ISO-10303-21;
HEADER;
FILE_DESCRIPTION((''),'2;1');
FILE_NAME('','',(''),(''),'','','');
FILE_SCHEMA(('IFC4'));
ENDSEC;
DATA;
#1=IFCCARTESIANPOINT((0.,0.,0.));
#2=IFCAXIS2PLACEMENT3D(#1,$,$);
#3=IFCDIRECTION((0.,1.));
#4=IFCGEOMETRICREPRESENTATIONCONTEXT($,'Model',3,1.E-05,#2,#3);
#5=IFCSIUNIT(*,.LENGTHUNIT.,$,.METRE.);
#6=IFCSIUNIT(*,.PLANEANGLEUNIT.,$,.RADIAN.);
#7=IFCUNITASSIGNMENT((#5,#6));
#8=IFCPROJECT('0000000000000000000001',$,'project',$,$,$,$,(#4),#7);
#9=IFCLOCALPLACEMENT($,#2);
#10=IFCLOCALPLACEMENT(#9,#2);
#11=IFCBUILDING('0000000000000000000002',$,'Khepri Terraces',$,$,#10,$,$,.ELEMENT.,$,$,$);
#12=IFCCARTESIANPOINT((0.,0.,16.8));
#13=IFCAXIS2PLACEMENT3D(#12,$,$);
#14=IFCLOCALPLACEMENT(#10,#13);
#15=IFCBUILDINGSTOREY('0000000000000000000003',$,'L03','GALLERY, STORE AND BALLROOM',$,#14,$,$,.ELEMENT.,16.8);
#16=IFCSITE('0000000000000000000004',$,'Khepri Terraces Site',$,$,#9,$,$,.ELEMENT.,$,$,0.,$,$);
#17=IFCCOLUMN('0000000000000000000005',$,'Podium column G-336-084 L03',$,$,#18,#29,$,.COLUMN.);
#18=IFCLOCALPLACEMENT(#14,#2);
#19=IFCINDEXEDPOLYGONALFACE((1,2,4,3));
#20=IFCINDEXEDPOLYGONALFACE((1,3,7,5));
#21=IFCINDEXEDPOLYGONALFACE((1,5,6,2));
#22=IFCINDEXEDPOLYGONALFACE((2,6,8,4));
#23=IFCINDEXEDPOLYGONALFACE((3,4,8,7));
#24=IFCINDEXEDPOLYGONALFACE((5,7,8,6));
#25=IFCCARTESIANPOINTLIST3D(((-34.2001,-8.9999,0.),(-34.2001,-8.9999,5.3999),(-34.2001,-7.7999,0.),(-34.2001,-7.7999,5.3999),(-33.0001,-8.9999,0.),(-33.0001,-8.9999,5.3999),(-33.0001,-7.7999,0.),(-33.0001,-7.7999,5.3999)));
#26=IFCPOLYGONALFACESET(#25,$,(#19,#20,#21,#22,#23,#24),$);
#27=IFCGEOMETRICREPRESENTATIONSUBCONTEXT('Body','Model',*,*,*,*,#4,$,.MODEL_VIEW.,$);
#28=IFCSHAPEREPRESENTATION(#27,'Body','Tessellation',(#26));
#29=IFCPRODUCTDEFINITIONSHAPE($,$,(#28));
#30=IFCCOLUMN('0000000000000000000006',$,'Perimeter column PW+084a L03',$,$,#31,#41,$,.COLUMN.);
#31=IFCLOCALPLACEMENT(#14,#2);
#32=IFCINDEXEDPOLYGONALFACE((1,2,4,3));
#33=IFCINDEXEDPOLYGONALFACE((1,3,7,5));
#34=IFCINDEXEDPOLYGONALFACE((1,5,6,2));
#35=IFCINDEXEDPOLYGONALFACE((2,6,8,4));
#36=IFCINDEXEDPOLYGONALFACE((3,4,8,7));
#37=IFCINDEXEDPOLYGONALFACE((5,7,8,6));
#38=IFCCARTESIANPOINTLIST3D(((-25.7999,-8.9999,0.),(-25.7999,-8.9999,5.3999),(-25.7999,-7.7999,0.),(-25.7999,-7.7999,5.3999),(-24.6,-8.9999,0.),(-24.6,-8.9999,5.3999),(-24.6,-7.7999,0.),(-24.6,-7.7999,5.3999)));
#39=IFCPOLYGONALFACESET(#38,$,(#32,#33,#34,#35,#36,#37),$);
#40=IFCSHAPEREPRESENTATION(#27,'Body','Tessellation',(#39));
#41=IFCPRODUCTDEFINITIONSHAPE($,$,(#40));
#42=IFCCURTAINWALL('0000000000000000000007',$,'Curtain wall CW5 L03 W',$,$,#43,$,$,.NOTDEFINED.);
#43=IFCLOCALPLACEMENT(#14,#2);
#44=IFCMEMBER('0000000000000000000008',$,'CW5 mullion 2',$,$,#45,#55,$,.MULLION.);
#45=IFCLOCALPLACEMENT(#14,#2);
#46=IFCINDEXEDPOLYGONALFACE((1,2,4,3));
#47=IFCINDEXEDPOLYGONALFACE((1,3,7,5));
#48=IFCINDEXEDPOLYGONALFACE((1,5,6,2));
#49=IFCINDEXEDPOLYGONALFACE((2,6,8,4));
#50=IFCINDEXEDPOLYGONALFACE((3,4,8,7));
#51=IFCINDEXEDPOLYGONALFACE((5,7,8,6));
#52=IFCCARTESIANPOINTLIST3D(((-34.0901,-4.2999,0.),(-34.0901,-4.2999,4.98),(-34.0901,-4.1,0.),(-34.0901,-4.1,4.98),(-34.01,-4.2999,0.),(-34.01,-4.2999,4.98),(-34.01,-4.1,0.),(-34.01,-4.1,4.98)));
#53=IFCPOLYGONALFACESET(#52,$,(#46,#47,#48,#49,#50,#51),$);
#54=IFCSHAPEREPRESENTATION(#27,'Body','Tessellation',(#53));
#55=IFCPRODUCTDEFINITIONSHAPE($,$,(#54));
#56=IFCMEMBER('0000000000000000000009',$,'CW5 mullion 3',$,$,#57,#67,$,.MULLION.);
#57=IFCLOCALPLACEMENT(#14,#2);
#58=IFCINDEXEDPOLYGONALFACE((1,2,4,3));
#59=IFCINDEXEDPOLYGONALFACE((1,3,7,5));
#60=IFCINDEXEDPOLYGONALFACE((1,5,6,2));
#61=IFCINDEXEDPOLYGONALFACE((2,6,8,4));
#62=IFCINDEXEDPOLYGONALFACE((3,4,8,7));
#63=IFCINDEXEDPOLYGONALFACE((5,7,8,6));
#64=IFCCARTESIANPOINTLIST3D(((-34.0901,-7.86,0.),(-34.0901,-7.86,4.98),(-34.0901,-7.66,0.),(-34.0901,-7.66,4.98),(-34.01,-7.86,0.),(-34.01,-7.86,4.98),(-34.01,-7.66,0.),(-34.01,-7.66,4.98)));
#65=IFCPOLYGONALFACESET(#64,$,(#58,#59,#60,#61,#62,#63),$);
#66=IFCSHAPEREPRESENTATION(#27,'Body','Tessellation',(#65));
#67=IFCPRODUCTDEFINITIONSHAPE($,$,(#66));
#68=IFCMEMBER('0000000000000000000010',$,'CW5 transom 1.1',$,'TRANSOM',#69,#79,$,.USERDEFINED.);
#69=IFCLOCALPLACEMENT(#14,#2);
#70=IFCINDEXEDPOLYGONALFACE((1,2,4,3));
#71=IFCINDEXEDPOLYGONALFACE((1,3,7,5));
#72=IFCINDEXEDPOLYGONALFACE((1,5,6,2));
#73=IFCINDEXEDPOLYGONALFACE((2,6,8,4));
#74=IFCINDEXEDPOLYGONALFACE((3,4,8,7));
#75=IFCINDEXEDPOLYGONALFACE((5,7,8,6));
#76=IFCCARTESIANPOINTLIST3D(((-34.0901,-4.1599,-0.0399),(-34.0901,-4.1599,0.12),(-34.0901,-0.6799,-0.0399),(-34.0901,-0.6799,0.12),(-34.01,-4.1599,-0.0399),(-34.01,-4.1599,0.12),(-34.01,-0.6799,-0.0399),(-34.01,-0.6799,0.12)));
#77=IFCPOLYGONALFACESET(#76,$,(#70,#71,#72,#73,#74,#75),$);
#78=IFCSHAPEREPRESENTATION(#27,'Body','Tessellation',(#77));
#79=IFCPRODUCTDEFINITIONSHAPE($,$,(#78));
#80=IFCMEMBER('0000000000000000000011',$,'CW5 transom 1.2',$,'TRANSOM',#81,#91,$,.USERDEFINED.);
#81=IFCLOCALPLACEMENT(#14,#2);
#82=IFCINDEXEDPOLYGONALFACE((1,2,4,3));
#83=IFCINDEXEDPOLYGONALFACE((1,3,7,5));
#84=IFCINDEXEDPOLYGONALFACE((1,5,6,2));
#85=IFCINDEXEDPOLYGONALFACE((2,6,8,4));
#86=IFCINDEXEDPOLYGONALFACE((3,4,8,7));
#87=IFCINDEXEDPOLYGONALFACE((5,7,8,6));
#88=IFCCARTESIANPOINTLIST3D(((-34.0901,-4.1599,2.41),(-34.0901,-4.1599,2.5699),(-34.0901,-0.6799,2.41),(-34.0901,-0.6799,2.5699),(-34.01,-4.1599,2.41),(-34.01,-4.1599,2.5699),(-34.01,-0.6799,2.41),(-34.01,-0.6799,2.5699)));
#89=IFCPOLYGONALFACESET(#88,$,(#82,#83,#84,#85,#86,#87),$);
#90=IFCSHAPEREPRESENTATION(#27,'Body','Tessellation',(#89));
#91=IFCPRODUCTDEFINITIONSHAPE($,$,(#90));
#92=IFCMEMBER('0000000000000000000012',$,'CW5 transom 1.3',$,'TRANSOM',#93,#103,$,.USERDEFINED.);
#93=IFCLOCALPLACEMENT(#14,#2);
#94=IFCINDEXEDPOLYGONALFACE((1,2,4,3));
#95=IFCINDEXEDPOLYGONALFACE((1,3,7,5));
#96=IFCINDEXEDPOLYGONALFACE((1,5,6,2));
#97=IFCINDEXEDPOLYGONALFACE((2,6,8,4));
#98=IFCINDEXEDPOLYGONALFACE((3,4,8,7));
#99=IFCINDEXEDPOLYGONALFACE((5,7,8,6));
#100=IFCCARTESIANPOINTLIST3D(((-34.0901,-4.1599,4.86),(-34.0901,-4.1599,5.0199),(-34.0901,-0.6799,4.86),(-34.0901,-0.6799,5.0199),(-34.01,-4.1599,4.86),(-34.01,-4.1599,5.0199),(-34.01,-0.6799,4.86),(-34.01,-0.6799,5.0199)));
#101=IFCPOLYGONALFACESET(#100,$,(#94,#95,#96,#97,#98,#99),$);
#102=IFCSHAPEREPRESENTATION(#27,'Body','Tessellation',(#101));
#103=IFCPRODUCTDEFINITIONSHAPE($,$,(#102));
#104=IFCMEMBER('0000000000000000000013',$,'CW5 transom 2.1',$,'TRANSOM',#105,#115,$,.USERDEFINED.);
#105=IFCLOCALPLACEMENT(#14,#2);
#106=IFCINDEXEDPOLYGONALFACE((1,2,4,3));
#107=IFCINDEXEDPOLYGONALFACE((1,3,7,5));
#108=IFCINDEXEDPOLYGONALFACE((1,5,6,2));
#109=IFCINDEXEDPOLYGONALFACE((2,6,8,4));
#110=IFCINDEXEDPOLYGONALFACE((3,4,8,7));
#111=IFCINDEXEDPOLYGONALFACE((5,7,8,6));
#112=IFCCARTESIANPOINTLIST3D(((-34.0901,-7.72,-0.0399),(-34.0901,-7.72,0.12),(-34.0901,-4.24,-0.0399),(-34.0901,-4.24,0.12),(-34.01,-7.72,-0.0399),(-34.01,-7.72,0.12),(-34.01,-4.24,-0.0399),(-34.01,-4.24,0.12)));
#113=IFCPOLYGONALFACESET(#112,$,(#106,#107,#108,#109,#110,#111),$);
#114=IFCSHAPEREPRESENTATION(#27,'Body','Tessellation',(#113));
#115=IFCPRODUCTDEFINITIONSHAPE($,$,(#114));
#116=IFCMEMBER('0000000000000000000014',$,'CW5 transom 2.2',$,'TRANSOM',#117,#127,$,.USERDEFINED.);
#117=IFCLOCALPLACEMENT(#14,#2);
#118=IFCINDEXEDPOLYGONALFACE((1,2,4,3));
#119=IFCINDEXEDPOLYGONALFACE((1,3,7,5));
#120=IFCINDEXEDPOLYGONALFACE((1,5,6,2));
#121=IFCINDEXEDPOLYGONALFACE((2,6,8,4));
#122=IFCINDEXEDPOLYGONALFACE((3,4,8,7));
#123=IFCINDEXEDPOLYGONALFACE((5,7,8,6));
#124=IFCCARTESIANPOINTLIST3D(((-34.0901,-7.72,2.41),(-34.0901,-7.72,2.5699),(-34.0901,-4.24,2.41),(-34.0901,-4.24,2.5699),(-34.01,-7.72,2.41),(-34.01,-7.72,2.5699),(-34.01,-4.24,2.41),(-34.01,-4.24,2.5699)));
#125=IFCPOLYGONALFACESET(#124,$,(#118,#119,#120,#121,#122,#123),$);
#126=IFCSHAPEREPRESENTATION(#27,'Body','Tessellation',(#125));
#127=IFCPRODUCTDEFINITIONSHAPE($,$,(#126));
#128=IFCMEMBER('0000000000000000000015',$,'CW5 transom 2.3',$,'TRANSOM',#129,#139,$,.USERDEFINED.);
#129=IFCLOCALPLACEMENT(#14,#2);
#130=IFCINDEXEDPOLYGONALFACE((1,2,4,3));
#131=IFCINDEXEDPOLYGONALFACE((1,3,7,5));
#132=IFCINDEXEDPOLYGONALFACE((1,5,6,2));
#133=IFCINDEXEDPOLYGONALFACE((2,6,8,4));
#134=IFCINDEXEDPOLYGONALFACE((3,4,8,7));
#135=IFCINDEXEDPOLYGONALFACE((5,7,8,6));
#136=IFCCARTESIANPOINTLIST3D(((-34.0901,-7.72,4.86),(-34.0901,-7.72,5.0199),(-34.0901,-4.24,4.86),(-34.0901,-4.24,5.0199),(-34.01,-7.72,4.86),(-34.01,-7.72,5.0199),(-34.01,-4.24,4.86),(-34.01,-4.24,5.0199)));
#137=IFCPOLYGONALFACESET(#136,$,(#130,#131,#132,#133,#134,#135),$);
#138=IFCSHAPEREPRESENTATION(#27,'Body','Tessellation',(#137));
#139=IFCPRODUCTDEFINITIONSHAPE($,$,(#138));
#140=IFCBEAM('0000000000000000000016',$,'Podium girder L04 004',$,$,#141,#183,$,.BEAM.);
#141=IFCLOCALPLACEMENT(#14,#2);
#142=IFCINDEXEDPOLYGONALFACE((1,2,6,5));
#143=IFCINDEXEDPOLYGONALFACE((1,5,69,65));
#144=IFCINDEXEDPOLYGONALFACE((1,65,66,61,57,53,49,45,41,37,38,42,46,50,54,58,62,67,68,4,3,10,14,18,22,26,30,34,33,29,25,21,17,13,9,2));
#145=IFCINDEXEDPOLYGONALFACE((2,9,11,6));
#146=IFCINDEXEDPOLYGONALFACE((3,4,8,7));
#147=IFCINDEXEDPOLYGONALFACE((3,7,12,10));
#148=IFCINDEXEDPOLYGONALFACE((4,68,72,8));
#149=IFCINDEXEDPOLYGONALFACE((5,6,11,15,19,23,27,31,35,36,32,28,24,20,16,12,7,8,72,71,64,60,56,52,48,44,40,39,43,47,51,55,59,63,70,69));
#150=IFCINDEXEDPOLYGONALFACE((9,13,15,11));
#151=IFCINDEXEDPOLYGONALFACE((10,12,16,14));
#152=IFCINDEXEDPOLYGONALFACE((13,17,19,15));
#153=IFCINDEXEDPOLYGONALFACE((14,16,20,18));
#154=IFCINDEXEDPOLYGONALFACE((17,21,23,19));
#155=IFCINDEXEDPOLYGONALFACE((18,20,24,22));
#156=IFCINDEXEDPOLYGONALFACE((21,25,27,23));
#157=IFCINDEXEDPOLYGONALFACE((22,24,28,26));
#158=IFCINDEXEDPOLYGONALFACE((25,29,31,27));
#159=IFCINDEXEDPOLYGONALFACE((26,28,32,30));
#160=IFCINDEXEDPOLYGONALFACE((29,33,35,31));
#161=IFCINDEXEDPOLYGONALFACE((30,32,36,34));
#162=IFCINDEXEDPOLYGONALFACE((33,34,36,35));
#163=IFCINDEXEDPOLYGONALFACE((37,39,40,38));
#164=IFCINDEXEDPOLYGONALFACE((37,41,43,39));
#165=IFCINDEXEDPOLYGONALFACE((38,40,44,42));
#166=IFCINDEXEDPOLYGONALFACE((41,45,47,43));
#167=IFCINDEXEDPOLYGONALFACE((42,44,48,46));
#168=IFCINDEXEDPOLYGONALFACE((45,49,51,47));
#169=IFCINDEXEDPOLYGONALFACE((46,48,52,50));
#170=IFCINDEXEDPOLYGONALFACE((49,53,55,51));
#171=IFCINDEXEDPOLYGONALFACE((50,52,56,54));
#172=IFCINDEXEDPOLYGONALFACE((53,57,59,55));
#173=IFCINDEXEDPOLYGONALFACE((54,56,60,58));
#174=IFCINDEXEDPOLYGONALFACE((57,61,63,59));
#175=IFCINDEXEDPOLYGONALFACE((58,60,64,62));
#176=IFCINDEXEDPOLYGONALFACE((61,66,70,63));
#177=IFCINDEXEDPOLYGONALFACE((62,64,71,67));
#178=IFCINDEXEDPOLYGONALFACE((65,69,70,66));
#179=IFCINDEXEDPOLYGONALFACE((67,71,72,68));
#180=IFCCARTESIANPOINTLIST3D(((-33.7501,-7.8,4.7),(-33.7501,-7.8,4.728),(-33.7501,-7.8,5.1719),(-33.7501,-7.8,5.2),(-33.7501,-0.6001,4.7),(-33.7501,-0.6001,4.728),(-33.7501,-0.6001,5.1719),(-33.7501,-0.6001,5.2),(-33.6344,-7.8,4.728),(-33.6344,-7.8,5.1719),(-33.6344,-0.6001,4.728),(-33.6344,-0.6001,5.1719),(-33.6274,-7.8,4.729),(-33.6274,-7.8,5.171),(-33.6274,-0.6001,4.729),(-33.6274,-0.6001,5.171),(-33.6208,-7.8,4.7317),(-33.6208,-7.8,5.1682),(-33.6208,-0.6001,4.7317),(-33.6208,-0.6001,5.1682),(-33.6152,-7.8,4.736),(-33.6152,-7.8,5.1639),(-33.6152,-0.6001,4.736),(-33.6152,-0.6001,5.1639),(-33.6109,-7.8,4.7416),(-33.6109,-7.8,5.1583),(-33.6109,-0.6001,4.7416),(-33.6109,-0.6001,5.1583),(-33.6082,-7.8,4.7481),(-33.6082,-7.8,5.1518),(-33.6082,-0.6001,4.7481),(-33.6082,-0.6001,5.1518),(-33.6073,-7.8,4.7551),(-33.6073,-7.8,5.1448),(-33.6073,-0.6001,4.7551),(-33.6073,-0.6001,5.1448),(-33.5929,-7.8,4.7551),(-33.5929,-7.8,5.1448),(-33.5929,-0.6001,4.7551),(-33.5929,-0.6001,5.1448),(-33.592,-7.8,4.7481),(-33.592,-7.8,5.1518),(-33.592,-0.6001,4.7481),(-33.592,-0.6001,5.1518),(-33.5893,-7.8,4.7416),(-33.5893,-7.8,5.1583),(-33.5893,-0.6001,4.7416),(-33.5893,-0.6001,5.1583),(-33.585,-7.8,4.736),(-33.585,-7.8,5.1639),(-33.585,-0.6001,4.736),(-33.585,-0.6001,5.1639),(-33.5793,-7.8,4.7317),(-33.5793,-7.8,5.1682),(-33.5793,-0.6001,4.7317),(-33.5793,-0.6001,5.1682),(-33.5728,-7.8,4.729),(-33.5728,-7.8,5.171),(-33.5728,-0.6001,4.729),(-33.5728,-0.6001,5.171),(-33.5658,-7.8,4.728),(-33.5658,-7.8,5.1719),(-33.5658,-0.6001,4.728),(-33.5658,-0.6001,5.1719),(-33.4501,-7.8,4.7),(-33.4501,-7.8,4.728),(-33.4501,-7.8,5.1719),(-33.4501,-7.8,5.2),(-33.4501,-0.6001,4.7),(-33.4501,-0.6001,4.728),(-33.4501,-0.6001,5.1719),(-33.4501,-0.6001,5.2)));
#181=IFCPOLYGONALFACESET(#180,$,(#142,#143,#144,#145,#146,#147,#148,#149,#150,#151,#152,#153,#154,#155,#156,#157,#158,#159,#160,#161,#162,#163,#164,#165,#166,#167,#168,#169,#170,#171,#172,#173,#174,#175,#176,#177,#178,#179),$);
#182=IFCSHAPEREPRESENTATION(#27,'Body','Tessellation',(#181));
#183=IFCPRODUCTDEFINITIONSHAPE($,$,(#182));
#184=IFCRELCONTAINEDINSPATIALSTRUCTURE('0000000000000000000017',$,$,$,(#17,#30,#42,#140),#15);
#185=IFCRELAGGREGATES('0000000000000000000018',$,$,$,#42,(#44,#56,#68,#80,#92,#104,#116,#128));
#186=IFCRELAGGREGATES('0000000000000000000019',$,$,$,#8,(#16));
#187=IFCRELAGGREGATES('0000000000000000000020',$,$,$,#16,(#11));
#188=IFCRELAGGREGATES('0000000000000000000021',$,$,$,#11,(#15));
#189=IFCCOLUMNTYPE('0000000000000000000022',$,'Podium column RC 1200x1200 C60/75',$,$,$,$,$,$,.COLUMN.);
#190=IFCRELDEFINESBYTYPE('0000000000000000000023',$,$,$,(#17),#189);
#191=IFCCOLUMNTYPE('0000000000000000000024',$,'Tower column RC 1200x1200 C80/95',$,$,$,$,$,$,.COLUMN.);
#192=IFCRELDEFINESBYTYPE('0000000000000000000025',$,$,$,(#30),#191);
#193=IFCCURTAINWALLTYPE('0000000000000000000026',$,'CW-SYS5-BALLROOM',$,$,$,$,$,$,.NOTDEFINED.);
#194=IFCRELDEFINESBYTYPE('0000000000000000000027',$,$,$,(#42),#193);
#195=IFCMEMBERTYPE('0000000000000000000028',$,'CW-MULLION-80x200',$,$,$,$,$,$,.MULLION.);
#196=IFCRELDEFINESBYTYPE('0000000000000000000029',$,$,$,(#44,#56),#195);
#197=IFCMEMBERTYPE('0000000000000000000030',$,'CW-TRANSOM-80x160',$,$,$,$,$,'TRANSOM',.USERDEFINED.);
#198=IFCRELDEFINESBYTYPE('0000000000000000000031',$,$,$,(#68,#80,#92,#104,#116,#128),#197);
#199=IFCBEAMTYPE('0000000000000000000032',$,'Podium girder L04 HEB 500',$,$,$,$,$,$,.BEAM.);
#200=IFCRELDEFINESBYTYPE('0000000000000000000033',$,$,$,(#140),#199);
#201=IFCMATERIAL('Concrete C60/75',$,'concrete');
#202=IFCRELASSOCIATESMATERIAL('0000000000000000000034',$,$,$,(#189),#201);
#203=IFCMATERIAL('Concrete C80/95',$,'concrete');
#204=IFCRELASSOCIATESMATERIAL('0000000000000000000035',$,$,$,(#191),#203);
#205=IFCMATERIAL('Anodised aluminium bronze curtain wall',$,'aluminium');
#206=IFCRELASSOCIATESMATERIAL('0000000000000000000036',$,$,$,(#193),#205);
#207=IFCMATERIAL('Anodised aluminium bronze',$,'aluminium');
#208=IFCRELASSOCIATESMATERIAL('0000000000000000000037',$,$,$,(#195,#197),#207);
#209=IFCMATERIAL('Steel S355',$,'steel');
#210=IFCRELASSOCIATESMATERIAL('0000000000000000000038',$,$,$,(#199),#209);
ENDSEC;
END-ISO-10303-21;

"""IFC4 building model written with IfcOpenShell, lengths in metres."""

from ifc_helpers import new_model, si_unit, direction, frame, origin, origin_2d, place, context, subcontext, project, spatial, rectangle, i_section, extrude, material, material_profile, profile_set, type_object, element, aggregate, save


model = new_model("IFC4")

# Units and contexts
model_context = context("Model", 3, precision=1e-05, world=origin(), true_north=direction((0.0, 1.0)))
body_context = subcontext(model_context, "Body", "Model", "MODEL_VIEW")
ifc_project = project(units=[si_unit("LENGTHUNIT", "METRE"), si_unit("PLANEANGLEUNIT", "RADIAN")], contexts=[model_context])

# Site, building, storey
site_placement = place(None, origin())
site = spatial("IfcSite", under=ifc_project, at=site_placement, Name="Khepri Terraces Site", CompositionType="ELEMENT", RefElevation=0.0)
building_placement = place(site_placement, origin())
building = spatial("IfcBuilding", under=site, at=building_placement, Name="Khepri Terraces", CompositionType="ELEMENT")
storey_placement = place(building_placement, frame((0.0, 0.0, 16.8)))
storey = spatial("IfcBuildingStorey", under=building, at=storey_placement, Name="L03", Description="GALLERY, STORE AND BALLROOM", CompositionType="ELEMENT", Elevation=16.8)

# Columns
ifc_material_1 = material(Name="Concrete C60/75", Category="concrete")
ifc_material_profile_1 = material_profile(ifc_material_1, rectangle(XDim=1.2, YDim=1.2, at=origin_2d()), Name="Concrete C60/75", Category="concrete")
ifc_profile_set_1 = profile_set([ifc_material_profile_1], Name="Concrete C60/75")
column_type_1 = type_object("IfcColumnType", Name="Podium column RC 1200x1200 C60/75", PredefinedType="COLUMN", material=ifc_profile_set_1)
column_1_placement = place(storey_placement, frame((-33.6001, -8.3999, 0.0), z_axis=(0.0, 0.0, 1.0), x_axis=(1.0, 0.0, 0.0)))
element("IfcColumn", 1, at=column_1_placement, inside=storey, type_object=column_type_1, Name="Podium column G-336-084 L03", PredefinedType="COLUMN", context=body_context, shape_type="SweptSolid", body=[
    extrude(rectangle(XDim=1.2, YDim=1.2, at=origin_2d()), origin(), (0.0, 0.0, 1.0), 5.3999),
])
ifc_material_2 = material(Name="Concrete C80/95", Category="concrete")
ifc_material_profile_2 = material_profile(ifc_material_2, rectangle(XDim=1.2, YDim=1.2, at=origin_2d()), Name="Concrete C80/95", Category="concrete")
ifc_profile_set_2 = profile_set([ifc_material_profile_2], Name="Concrete C80/95")
column_type_2 = type_object("IfcColumnType", Name="Tower column RC 1200x1200 C80/95", PredefinedType="COLUMN", material=ifc_profile_set_2)
column_2_placement = place(storey_placement, frame((-25.2, -8.3999, 0.0), z_axis=(0.0, 0.0, 1.0), x_axis=(1.0, 0.0, 0.0)))
element("IfcColumn", 2, at=column_2_placement, inside=storey, type_object=column_type_2, Name="Perimeter column PW+084a L03", PredefinedType="COLUMN", context=body_context, shape_type="SweptSolid", body=[
    extrude(rectangle(XDim=1.2, YDim=1.2, at=origin_2d()), origin(), (0.0, 0.0, 1.0), 5.3999),
])

# Curtain wall, members
ifc_material_3 = material(Name="Anodised aluminium bronze curtain wall", Category="aluminium")
curtain_wall_type = type_object("IfcCurtainWallType", Name="CW-SYS5-BALLROOM", PredefinedType="NOTDEFINED", material=ifc_material_3)
curtain_wall_placement = place(storey_placement, origin())
curtain_wall = element("IfcCurtainWall", 3, at=curtain_wall_placement, inside=storey, type_object=curtain_wall_type, Name="Curtain wall CW5 L03 W", PredefinedType="NOTDEFINED")
ifc_material_4 = material(Name="Anodised aluminium bronze", Category="aluminium")
ifc_material_profile_3 = material_profile(ifc_material_4, rectangle(XDim=0.0801, YDim=0.2, at=origin_2d()), Name="Anodised aluminium bronze", Category="aluminium")
ifc_profile_set_3 = profile_set([ifc_material_profile_3], Name="Anodised aluminium bronze")
member_type_1 = type_object("IfcMemberType", Name="CW-MULLION-80x200", PredefinedType="MULLION", material=ifc_profile_set_3)
member_1_placement = place(storey_placement, frame((-34.05, -4.2, 0.0), z_axis=(0.0, 0.0, 1.0), x_axis=(1.0, 0.0, 0.0)))
member_1 = element("IfcMember", 4, at=member_1_placement, type_object=member_type_1, Name="CW5 mullion 2", PredefinedType="MULLION", context=body_context, shape_type="SweptSolid", body=[
    extrude(rectangle(XDim=0.0801, YDim=0.2, at=origin_2d()), origin(), (0.0, 0.0, 1.0), 4.98),
])
member_2_placement = place(storey_placement, frame((-34.05, -7.76, 0.0), z_axis=(0.0, 0.0, 1.0), x_axis=(1.0, 0.0, 0.0)))
member_2 = element("IfcMember", 5, at=member_2_placement, type_object=member_type_1, Name="CW5 mullion 3", PredefinedType="MULLION", context=body_context, shape_type="SweptSolid", body=[
    extrude(rectangle(XDim=0.0801, YDim=0.2, at=origin_2d()), origin(), (0.0, 0.0, 1.0), 4.98),
])
ifc_material_profile_4 = material_profile(ifc_material_4, rectangle(XDim=0.0801, YDim=0.1599, at=origin_2d()), Name="Anodised aluminium bronze", Category="aluminium")
ifc_profile_set_4 = profile_set([ifc_material_profile_4], Name="Anodised aluminium bronze")
member_type_2 = type_object("IfcMemberType", Name="CW-TRANSOM-80x160", ElementType="TRANSOM", PredefinedType="USERDEFINED", material=ifc_profile_set_4)
member_3_placement = place(storey_placement, frame((-34.05, -0.6799, 0.04), z_axis=(0.0, -1.0, 0.0), x_axis=(1.0, 0.0, 0.0)))
member_3 = element("IfcMember", 6, at=member_3_placement, type_object=member_type_2, Name="CW5 transom 1.1", ObjectType="TRANSOM", PredefinedType="USERDEFINED", context=body_context, shape_type="SweptSolid", body=[
    extrude(rectangle(XDim=0.0801, YDim=0.1599, at=origin_2d()), origin(), (0.0, 0.0, 1.0), 3.48),
])
member_4_placement = place(storey_placement, frame((-34.05, -0.6799, 2.49), z_axis=(0.0, -1.0, 0.0), x_axis=(1.0, 0.0, 0.0)))
member_4 = element("IfcMember", 7, at=member_4_placement, type_object=member_type_2, Name="CW5 transom 1.2", ObjectType="TRANSOM", PredefinedType="USERDEFINED", context=body_context, shape_type="SweptSolid", body=[
    extrude(rectangle(XDim=0.0801, YDim=0.1599, at=origin_2d()), origin(), (0.0, 0.0, 1.0), 3.48),
])
member_5_placement = place(storey_placement, frame((-34.05, -0.6799, 4.9399), z_axis=(0.0, -1.0, 0.0), x_axis=(1.0, 0.0, 0.0)))
member_5 = element("IfcMember", 8, at=member_5_placement, type_object=member_type_2, Name="CW5 transom 1.3", ObjectType="TRANSOM", PredefinedType="USERDEFINED", context=body_context, shape_type="SweptSolid", body=[
    extrude(rectangle(XDim=0.0801, YDim=0.1599, at=origin_2d()), origin(), (0.0, 0.0, 1.0), 3.48),
])
member_6_placement = place(storey_placement, frame((-34.05, -4.24, 0.04), z_axis=(0.0, -1.0, 0.0), x_axis=(1.0, 0.0, 0.0)))
member_6 = element("IfcMember", 9, at=member_6_placement, type_object=member_type_2, Name="CW5 transom 2.1", ObjectType="TRANSOM", PredefinedType="USERDEFINED", context=body_context, shape_type="SweptSolid", body=[
    extrude(rectangle(XDim=0.0801, YDim=0.1599, at=origin_2d()), origin(), (0.0, 0.0, 1.0), 3.48),
])
member_7_placement = place(storey_placement, frame((-34.05, -4.24, 2.49), z_axis=(0.0, -1.0, 0.0), x_axis=(1.0, 0.0, 0.0)))
member_7 = element("IfcMember", 10, at=member_7_placement, type_object=member_type_2, Name="CW5 transom 2.2", ObjectType="TRANSOM", PredefinedType="USERDEFINED", context=body_context, shape_type="SweptSolid", body=[
    extrude(rectangle(XDim=0.0801, YDim=0.1599, at=origin_2d()), origin(), (0.0, 0.0, 1.0), 3.48),
])
member_8_placement = place(storey_placement, frame((-34.05, -4.24, 4.9399), z_axis=(0.0, -1.0, 0.0), x_axis=(1.0, 0.0, 0.0)))
member_8 = element("IfcMember", 11, at=member_8_placement, type_object=member_type_2, Name="CW5 transom 2.3", ObjectType="TRANSOM", PredefinedType="USERDEFINED", context=body_context, shape_type="SweptSolid", body=[
    extrude(rectangle(XDim=0.0801, YDim=0.1599, at=origin_2d()), origin(), (0.0, 0.0, 1.0), 3.48),
])

# Beam
ifc_material_5 = material(Name="Steel S355", Category="steel")
ifc_material_profile_5 = material_profile(ifc_material_5, i_section(OverallWidth=0.3, OverallDepth=0.5, WebThickness=0.0144, FlangeThickness=0.0281, FilletRadius=0.0271, at=origin_2d()), Name="Steel S355", Category="steel")
ifc_profile_set_5 = profile_set([ifc_material_profile_5], Name="Steel S355")
beam_type_1 = type_object("IfcBeamType", Name="Podium girder L04 HEB 500", PredefinedType="BEAM", material=ifc_profile_set_5)
beam_1_placement = place(storey_placement, frame((-33.6001, -7.8, 4.95), z_axis=(0.0, 1.0, 0.0), x_axis=(-1.0, 0.0, 0.0)))
element("IfcBeam", 12, at=beam_1_placement, inside=storey, type_object=beam_type_1, Name="Podium girder L04 004", PredefinedType="BEAM", context=body_context, shape_type="SweptSolid", body=[
    extrude(i_section(OverallWidth=0.3, OverallDepth=0.5, WebThickness=0.0144, FlangeThickness=0.0281, FilletRadius=0.0271, at=origin_2d()), origin(), (0.0, 0.0, 1.0), 7.2),
])

aggregate(curtain_wall, [member_1, member_2, member_3, member_4, member_5, member_6, member_7, member_8])

save(model, "model.ifc")
